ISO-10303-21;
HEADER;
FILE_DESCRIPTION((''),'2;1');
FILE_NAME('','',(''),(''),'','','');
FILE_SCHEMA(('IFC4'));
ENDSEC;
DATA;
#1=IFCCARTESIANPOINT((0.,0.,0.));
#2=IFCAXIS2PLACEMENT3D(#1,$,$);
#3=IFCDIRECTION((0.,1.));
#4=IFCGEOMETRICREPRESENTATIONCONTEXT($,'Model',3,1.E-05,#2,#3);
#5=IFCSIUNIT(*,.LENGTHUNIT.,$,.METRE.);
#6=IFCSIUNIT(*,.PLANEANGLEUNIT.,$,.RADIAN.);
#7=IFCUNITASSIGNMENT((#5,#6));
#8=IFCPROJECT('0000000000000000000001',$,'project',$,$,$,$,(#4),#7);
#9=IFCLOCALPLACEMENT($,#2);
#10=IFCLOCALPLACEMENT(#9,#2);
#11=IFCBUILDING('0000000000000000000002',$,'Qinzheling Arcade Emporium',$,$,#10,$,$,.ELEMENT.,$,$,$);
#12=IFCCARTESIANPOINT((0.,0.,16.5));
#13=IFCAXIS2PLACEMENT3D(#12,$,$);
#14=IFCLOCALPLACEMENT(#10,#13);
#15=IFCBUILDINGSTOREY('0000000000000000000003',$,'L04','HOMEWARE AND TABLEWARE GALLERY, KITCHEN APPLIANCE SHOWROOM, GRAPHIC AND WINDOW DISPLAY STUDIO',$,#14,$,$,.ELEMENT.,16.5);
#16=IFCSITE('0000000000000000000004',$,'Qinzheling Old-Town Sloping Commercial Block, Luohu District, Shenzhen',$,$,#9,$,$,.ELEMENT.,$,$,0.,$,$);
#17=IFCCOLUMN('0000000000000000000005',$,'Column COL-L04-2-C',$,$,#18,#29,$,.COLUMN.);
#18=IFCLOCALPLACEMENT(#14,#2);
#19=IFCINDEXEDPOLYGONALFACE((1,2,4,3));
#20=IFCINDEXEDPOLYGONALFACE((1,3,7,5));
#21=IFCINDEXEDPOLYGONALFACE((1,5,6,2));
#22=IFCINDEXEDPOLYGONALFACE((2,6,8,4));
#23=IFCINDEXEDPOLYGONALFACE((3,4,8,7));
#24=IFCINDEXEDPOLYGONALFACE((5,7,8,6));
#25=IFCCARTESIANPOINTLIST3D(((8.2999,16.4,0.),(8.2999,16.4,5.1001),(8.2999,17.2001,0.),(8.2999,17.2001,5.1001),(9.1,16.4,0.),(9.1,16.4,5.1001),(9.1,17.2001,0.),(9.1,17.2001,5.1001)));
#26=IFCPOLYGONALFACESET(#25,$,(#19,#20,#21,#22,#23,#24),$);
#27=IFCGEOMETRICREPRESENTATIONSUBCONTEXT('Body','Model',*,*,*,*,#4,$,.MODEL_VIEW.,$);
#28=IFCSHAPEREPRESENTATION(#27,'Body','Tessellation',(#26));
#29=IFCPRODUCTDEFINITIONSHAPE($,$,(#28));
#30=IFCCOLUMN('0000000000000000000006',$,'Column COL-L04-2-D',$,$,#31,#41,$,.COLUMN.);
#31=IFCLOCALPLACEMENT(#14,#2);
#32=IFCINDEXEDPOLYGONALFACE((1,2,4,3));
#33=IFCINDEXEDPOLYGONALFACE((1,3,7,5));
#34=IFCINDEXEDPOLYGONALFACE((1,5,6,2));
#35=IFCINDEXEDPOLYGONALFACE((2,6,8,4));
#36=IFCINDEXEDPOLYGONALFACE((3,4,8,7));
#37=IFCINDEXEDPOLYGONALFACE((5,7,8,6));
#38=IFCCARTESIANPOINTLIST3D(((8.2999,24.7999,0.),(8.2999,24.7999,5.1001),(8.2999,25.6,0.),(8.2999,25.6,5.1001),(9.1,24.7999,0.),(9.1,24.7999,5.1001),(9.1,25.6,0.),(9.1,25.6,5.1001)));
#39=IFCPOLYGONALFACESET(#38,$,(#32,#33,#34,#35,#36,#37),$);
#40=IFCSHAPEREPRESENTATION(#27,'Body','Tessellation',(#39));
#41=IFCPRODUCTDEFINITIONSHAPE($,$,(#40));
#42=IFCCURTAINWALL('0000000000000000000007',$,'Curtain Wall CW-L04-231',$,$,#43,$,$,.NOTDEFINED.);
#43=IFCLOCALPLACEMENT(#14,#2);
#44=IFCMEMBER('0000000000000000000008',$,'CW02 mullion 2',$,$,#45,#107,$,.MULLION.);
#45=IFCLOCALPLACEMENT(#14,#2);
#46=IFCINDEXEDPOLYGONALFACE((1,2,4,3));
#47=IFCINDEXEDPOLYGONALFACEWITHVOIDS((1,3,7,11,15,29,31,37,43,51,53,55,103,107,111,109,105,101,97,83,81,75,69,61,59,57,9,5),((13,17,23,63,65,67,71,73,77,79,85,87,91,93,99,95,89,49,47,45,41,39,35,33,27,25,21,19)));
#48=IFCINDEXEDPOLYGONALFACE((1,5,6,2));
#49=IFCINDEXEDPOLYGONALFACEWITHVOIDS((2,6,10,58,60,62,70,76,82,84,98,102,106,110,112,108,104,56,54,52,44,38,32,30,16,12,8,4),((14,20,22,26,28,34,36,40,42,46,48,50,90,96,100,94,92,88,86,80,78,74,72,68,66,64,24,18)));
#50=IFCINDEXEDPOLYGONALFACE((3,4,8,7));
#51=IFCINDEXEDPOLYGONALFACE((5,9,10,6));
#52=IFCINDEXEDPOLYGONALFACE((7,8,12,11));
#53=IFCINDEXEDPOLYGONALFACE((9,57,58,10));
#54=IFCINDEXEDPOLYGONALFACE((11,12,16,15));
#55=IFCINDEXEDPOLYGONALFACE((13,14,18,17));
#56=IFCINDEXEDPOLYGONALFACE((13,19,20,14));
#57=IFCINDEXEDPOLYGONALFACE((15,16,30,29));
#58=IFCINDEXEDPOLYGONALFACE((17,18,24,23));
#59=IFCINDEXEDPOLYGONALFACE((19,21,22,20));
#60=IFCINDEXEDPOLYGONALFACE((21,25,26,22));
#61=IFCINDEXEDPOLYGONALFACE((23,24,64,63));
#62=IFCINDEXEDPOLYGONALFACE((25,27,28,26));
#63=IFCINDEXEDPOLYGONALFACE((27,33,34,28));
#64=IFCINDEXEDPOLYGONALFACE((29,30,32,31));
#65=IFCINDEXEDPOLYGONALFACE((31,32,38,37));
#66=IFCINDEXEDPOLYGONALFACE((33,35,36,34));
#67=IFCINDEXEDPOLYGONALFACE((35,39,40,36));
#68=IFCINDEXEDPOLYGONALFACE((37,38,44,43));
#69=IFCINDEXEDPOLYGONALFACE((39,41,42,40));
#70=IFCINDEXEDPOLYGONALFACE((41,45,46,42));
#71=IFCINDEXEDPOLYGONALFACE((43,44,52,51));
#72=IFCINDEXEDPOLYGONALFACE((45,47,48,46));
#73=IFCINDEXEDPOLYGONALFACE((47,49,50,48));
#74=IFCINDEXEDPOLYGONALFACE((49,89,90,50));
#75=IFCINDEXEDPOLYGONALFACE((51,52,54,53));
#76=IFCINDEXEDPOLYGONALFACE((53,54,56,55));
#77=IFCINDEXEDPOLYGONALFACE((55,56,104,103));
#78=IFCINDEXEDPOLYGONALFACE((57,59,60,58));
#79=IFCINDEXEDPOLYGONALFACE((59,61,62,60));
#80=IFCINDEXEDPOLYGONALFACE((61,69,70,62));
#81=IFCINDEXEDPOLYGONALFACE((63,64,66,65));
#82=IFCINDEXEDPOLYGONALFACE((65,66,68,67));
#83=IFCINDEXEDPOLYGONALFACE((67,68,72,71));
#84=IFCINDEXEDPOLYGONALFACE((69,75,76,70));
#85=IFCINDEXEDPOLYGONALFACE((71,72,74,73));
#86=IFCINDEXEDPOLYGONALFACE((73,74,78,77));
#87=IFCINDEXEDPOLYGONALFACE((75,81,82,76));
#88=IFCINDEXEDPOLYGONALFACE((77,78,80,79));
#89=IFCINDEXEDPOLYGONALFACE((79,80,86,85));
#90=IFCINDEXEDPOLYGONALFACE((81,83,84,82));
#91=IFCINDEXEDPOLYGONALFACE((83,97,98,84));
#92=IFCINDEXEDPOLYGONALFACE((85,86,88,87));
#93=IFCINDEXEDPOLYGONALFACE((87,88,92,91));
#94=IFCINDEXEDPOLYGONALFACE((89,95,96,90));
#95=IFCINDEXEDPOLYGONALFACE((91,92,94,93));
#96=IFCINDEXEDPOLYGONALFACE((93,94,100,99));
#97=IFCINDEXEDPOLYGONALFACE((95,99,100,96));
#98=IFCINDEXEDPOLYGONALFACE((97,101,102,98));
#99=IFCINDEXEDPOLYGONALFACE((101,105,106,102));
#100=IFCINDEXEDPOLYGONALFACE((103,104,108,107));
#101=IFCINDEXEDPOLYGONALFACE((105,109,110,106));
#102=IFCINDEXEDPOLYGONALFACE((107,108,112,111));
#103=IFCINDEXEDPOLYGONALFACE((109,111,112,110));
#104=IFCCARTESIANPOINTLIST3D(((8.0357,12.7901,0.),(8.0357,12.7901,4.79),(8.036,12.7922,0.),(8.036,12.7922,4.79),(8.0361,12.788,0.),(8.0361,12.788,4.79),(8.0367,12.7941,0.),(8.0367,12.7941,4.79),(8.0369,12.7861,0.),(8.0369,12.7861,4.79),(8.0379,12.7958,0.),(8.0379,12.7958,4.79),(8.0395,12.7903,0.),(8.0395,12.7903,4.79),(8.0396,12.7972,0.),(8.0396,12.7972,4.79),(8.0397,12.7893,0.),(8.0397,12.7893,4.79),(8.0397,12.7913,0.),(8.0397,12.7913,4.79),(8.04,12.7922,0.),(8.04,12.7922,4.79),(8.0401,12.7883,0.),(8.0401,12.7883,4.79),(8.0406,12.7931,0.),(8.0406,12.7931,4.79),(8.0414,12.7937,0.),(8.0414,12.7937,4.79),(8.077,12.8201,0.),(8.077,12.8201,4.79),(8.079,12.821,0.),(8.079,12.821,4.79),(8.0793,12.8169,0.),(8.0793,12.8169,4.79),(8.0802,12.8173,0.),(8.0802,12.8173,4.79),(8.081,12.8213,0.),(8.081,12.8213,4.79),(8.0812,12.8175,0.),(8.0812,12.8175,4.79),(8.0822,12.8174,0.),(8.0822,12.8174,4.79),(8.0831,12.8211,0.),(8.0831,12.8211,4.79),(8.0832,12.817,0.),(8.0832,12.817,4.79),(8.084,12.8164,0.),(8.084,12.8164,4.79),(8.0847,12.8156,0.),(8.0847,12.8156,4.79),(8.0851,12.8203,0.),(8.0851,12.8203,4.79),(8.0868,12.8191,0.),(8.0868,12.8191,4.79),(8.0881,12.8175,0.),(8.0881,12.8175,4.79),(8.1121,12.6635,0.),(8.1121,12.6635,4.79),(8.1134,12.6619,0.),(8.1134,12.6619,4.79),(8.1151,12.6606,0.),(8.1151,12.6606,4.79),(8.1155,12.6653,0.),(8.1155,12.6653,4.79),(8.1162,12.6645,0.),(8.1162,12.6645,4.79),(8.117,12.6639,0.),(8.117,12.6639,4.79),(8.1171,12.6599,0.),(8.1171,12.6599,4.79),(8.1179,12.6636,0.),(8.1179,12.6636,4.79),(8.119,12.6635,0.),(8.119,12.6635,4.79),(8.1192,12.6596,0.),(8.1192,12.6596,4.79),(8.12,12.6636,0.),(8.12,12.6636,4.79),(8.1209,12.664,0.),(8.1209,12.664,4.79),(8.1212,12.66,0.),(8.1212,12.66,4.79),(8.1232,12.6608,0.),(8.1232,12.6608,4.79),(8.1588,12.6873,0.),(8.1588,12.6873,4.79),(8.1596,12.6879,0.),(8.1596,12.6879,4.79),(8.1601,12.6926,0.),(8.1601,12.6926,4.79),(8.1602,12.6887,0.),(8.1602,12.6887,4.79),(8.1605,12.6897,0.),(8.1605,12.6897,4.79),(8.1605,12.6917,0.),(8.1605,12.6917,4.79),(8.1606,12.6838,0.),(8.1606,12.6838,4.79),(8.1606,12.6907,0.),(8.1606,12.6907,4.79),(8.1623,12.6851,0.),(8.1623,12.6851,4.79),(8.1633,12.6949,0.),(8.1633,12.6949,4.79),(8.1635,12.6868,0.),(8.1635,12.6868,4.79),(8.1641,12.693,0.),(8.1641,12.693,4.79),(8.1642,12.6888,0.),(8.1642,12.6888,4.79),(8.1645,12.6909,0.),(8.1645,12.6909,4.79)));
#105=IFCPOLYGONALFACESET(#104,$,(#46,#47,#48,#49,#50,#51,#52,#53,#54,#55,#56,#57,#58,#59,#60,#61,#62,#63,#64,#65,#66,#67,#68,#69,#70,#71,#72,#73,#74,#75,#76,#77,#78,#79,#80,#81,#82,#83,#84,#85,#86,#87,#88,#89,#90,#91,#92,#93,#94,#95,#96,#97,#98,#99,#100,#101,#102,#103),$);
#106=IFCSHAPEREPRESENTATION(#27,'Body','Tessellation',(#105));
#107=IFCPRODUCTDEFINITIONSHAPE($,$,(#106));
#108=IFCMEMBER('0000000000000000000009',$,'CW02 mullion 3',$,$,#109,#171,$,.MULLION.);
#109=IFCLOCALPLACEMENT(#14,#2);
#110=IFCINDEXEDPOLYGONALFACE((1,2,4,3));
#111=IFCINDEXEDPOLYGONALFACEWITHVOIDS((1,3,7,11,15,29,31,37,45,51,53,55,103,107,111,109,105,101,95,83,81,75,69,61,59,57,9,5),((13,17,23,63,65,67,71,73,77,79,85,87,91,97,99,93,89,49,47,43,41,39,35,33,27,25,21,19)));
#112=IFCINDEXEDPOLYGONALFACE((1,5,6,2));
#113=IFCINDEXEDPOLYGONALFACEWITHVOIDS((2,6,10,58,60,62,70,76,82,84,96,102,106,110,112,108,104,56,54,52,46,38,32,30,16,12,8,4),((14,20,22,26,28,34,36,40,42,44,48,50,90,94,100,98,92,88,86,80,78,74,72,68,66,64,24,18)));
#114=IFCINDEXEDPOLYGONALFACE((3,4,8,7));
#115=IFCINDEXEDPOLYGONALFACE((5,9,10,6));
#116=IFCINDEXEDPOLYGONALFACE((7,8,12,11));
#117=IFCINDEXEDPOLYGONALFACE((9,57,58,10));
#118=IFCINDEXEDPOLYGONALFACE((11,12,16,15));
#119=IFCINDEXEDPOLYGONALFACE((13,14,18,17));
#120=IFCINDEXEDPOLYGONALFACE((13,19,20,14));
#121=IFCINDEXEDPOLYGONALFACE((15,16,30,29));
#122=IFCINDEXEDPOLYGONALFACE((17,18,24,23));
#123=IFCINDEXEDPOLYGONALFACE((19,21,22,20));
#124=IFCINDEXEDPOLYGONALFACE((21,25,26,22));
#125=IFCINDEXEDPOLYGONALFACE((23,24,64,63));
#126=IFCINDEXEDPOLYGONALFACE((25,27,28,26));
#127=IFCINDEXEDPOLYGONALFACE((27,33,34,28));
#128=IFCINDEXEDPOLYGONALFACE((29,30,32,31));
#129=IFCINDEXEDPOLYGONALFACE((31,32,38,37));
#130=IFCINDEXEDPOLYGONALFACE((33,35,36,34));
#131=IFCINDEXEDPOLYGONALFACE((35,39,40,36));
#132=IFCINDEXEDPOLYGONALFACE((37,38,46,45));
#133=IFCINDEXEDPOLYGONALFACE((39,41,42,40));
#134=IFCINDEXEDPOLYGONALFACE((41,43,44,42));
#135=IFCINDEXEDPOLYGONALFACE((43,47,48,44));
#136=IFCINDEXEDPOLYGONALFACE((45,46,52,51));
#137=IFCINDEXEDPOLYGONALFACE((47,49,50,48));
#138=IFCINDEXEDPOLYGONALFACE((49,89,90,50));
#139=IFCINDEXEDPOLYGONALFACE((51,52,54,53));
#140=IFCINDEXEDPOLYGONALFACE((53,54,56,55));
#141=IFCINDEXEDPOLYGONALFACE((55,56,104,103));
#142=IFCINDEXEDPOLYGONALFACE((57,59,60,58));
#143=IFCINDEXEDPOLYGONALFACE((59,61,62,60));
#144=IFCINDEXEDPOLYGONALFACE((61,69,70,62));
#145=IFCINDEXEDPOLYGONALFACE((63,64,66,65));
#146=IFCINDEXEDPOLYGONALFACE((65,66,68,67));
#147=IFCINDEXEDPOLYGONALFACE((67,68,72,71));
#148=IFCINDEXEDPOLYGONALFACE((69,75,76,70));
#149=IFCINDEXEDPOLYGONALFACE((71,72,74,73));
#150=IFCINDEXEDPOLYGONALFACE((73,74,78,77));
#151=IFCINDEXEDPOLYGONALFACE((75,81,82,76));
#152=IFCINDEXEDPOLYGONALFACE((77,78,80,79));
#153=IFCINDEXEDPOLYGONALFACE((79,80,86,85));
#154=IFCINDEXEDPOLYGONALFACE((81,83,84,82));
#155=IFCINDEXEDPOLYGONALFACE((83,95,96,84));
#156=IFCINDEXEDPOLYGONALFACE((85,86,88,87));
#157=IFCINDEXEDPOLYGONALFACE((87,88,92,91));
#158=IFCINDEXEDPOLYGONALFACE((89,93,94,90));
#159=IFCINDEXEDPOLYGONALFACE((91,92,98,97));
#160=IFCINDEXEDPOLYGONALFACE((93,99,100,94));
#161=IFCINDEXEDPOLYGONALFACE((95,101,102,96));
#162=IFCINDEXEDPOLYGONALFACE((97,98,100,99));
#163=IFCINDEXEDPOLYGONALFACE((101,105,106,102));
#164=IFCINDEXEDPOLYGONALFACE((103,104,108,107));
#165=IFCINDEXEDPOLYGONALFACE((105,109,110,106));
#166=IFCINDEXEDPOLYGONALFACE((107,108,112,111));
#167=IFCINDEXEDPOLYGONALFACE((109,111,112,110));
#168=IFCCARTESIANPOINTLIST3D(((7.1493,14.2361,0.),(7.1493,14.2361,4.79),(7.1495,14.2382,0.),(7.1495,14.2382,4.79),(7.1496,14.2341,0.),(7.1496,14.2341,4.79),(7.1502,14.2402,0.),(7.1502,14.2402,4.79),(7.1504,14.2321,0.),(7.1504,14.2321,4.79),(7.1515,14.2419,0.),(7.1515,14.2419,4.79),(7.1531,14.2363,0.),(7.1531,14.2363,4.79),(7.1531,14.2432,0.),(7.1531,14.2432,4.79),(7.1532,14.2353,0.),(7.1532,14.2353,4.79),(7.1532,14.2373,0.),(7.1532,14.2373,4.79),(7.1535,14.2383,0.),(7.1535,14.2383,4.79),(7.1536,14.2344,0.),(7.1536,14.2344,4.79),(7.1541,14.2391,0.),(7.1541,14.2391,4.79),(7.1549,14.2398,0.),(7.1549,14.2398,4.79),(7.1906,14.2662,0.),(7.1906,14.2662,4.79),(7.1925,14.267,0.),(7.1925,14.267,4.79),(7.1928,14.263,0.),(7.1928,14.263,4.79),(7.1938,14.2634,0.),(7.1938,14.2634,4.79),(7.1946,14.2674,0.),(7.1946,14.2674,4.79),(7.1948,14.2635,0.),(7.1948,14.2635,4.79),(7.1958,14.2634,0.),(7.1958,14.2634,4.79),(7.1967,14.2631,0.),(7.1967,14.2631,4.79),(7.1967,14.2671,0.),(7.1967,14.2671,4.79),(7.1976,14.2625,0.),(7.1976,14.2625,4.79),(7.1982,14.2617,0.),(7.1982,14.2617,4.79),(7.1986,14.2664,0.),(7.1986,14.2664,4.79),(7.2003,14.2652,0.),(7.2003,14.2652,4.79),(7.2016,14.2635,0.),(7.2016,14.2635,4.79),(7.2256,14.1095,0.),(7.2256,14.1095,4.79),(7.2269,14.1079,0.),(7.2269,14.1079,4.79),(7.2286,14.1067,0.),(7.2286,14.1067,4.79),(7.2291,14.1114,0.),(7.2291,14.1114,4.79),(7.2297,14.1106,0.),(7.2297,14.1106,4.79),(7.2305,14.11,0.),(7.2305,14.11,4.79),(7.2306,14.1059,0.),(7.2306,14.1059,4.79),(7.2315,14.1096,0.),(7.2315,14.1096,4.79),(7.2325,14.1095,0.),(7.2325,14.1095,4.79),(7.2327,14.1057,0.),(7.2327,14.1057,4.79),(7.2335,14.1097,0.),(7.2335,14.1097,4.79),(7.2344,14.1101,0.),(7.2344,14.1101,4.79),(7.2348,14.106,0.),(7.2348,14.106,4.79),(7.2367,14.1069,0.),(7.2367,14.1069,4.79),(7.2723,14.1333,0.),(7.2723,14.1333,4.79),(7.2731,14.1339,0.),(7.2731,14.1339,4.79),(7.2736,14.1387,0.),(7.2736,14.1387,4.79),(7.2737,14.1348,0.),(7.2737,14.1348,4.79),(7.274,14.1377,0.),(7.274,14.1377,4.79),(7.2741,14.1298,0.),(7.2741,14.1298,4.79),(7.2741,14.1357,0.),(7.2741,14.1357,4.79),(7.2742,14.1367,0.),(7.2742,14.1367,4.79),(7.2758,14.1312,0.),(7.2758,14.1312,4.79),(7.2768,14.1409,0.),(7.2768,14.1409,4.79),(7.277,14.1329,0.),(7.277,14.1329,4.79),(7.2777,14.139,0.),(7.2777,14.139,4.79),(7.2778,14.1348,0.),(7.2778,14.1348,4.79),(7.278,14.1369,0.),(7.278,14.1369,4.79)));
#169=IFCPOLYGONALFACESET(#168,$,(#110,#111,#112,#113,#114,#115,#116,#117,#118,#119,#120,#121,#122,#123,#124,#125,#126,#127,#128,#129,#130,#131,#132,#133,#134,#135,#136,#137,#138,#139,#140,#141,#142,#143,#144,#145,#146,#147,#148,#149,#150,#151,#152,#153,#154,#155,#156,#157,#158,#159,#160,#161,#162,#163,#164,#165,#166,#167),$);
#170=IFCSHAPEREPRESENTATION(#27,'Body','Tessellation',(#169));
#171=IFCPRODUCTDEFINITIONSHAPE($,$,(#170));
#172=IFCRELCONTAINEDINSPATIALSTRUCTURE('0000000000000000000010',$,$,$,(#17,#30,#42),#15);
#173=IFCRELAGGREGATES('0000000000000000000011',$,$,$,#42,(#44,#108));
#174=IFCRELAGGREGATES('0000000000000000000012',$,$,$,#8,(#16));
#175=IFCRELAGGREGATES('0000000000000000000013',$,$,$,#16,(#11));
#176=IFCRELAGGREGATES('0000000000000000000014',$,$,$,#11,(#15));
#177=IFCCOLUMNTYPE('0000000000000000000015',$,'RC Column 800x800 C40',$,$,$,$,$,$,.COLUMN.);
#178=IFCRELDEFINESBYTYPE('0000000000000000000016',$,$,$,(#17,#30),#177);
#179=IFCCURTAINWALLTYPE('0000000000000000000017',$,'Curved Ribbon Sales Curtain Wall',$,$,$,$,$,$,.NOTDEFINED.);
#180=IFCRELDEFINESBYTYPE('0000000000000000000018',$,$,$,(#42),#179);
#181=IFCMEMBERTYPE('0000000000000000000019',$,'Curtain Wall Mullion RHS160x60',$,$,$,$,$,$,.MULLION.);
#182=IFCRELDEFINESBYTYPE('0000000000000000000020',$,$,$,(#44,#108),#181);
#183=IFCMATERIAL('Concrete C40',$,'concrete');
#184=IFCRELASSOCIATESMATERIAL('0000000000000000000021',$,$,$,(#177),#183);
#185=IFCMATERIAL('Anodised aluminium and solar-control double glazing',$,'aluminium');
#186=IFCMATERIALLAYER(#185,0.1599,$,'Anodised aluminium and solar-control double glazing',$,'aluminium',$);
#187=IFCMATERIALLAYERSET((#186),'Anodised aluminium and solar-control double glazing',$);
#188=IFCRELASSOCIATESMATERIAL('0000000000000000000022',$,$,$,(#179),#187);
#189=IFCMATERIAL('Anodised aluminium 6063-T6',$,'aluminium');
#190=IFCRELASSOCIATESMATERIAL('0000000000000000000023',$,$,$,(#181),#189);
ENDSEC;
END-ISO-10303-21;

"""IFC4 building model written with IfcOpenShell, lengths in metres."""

from ifc_helpers import new_model, si_unit, direction, frame, origin, origin_2d, place, context, subcontext, project, spatial, rectangle, hollow_rectangle, extrude, material, layer, layer_set, material_profile, profile_set, type_object, element, aggregate, save


model = new_model("IFC4")

# Units and contexts
model_context = context("Model", 3, precision=1e-05, world=origin(), true_north=direction((0.0, 1.0)))
body_context = subcontext(model_context, "Body", "Model", "MODEL_VIEW")
ifc_project = project(units=[si_unit("LENGTHUNIT", "METRE"), si_unit("PLANEANGLEUNIT", "RADIAN")], contexts=[model_context])

# Site, building, storey
site_placement = place(None, origin())
site = spatial("IfcSite", under=ifc_project, at=site_placement, Name="Qinzheling Old-Town Sloping Commercial Block, Luohu District, Shenzhen", CompositionType="ELEMENT", RefElevation=0.0)
building_placement = place(site_placement, origin())
building = spatial("IfcBuilding", under=site, at=building_placement, Name="Qinzheling Arcade Emporium", CompositionType="ELEMENT")
storey_placement = place(building_placement, frame((0.0, 0.0, 16.5)))
storey = spatial("IfcBuildingStorey", under=building, at=storey_placement, Name="L04", Description="HOMEWARE AND TABLEWARE GALLERY, KITCHEN APPLIANCE SHOWROOM, GRAPHIC AND WINDOW DISPLAY STUDIO", CompositionType="ELEMENT", Elevation=16.5)

# Columns
ifc_material_1 = material(Name="Concrete C40", Category="concrete")
ifc_material_profile_1 = material_profile(ifc_material_1, rectangle(XDim=0.8, YDim=0.8, at=origin_2d()), Name="RC 800x800", Category="concrete")
ifc_profile_set_1 = profile_set([ifc_material_profile_1], Name="Concrete C40")
column_type = type_object("IfcColumnType", Name="RC Column 800x800 C40", PredefinedType="COLUMN", material=ifc_profile_set_1)
for number, where, z_axis, x_axis, name in (
    (1, (8.7, 16.8, 0.0), (0.0, 0.0, 1.0), (1.0, 0.0, 0.0), "Column COL-L04-2-C"),
    (2, (8.7, 25.2, 0.0), (0.0, 0.0, 1.0), (1.0, 0.0, 0.0), "Column COL-L04-2-D"),
):
    element("IfcColumn", number, at=place(storey_placement, frame(where, z_axis=z_axis, x_axis=x_axis)), inside=storey, type_object=column_type, Name=name, PredefinedType="COLUMN", context=body_context, shape_type="SweptSolid", body=[
        extrude(rectangle(XDim=0.8, YDim=0.8, at=origin_2d()), origin(), (0.0, 0.0, 1.0), 5.1001),
    ])

# Curtain wall, members
ifc_material_2 = material(Name="Anodised aluminium and solar-control double glazing", Category="aluminium")
ifc_layer_1 = layer(ifc_material_2, 0.1599, Name="Anodised aluminium and solar-control double glazing", Category="aluminium")
ifc_layer_set_1 = layer_set([ifc_layer_1], Name="Anodised aluminium and solar-control double glazing")
curtain_wall_type = type_object("IfcCurtainWallType", Name="Curved Ribbon Sales Curtain Wall", PredefinedType="NOTDEFINED", material=ifc_layer_set_1)
curtain_wall_1_placement = place(storey_placement, origin())
curtain_wall_1 = element("IfcCurtainWall", 3, at=curtain_wall_1_placement, inside=storey, type_object=curtain_wall_type, Name="Curtain Wall CW-L04-231", PredefinedType="NOTDEFINED")
ifc_material_3 = material(Name="Anodised aluminium 6063-T6", Category="aluminium")
ifc_material_profile_2 = material_profile(ifc_material_3, hollow_rectangle(XDim=0.0601, YDim=0.1599, WallThickness=0.0039, InnerFilletRadius=0.0039, OuterFilletRadius=0.0081, at=origin_2d()), Name="RHS 160x60x4", Category="aluminium")
ifc_profile_set_2 = profile_set([ifc_material_profile_2], Name="Anodised aluminium 6063-T6")
member_type_1 = type_object("IfcMemberType", Name="Curtain Wall Mullion RHS160x60", PredefinedType="MULLION", material=ifc_profile_set_2)
member_1_placement = place(storey_placement, frame((8.1001, 12.7405, 0.0), z_axis=(0.0, 0.0, 1.0), x_axis=(-0.852572, -0.52261, 0.0)))
member_1 = element("IfcMember", 4, at=member_1_placement, type_object=member_type_1, Name="CW02 mullion 2", PredefinedType="MULLION", context=body_context, shape_type="SweptSolid", body=[
    extrude(hollow_rectangle(XDim=0.0601, YDim=0.1599, WallThickness=0.0039, InnerFilletRadius=0.0039, OuterFilletRadius=0.0081, at=origin_2d()), origin(), (0.0, 0.0, 1.0), 4.79),
])
member_2_placement = place(storey_placement, frame((7.2136, 14.1865, 0.0), z_axis=(0.0, 0.0, 1.0), x_axis=(-0.852572, -0.52261, 0.0)))
member_2 = element("IfcMember", 5, at=member_2_placement, type_object=member_type_1, Name="CW02 mullion 3", PredefinedType="MULLION", context=body_context, shape_type="SweptSolid", body=[
    extrude(hollow_rectangle(XDim=0.0601, YDim=0.1599, WallThickness=0.0039, InnerFilletRadius=0.0039, OuterFilletRadius=0.0081, at=origin_2d()), origin(), (0.0, 0.0, 1.0), 4.79),
])

aggregate(curtain_wall_1, [member_1, member_2])

save(model, "model.ifc")
